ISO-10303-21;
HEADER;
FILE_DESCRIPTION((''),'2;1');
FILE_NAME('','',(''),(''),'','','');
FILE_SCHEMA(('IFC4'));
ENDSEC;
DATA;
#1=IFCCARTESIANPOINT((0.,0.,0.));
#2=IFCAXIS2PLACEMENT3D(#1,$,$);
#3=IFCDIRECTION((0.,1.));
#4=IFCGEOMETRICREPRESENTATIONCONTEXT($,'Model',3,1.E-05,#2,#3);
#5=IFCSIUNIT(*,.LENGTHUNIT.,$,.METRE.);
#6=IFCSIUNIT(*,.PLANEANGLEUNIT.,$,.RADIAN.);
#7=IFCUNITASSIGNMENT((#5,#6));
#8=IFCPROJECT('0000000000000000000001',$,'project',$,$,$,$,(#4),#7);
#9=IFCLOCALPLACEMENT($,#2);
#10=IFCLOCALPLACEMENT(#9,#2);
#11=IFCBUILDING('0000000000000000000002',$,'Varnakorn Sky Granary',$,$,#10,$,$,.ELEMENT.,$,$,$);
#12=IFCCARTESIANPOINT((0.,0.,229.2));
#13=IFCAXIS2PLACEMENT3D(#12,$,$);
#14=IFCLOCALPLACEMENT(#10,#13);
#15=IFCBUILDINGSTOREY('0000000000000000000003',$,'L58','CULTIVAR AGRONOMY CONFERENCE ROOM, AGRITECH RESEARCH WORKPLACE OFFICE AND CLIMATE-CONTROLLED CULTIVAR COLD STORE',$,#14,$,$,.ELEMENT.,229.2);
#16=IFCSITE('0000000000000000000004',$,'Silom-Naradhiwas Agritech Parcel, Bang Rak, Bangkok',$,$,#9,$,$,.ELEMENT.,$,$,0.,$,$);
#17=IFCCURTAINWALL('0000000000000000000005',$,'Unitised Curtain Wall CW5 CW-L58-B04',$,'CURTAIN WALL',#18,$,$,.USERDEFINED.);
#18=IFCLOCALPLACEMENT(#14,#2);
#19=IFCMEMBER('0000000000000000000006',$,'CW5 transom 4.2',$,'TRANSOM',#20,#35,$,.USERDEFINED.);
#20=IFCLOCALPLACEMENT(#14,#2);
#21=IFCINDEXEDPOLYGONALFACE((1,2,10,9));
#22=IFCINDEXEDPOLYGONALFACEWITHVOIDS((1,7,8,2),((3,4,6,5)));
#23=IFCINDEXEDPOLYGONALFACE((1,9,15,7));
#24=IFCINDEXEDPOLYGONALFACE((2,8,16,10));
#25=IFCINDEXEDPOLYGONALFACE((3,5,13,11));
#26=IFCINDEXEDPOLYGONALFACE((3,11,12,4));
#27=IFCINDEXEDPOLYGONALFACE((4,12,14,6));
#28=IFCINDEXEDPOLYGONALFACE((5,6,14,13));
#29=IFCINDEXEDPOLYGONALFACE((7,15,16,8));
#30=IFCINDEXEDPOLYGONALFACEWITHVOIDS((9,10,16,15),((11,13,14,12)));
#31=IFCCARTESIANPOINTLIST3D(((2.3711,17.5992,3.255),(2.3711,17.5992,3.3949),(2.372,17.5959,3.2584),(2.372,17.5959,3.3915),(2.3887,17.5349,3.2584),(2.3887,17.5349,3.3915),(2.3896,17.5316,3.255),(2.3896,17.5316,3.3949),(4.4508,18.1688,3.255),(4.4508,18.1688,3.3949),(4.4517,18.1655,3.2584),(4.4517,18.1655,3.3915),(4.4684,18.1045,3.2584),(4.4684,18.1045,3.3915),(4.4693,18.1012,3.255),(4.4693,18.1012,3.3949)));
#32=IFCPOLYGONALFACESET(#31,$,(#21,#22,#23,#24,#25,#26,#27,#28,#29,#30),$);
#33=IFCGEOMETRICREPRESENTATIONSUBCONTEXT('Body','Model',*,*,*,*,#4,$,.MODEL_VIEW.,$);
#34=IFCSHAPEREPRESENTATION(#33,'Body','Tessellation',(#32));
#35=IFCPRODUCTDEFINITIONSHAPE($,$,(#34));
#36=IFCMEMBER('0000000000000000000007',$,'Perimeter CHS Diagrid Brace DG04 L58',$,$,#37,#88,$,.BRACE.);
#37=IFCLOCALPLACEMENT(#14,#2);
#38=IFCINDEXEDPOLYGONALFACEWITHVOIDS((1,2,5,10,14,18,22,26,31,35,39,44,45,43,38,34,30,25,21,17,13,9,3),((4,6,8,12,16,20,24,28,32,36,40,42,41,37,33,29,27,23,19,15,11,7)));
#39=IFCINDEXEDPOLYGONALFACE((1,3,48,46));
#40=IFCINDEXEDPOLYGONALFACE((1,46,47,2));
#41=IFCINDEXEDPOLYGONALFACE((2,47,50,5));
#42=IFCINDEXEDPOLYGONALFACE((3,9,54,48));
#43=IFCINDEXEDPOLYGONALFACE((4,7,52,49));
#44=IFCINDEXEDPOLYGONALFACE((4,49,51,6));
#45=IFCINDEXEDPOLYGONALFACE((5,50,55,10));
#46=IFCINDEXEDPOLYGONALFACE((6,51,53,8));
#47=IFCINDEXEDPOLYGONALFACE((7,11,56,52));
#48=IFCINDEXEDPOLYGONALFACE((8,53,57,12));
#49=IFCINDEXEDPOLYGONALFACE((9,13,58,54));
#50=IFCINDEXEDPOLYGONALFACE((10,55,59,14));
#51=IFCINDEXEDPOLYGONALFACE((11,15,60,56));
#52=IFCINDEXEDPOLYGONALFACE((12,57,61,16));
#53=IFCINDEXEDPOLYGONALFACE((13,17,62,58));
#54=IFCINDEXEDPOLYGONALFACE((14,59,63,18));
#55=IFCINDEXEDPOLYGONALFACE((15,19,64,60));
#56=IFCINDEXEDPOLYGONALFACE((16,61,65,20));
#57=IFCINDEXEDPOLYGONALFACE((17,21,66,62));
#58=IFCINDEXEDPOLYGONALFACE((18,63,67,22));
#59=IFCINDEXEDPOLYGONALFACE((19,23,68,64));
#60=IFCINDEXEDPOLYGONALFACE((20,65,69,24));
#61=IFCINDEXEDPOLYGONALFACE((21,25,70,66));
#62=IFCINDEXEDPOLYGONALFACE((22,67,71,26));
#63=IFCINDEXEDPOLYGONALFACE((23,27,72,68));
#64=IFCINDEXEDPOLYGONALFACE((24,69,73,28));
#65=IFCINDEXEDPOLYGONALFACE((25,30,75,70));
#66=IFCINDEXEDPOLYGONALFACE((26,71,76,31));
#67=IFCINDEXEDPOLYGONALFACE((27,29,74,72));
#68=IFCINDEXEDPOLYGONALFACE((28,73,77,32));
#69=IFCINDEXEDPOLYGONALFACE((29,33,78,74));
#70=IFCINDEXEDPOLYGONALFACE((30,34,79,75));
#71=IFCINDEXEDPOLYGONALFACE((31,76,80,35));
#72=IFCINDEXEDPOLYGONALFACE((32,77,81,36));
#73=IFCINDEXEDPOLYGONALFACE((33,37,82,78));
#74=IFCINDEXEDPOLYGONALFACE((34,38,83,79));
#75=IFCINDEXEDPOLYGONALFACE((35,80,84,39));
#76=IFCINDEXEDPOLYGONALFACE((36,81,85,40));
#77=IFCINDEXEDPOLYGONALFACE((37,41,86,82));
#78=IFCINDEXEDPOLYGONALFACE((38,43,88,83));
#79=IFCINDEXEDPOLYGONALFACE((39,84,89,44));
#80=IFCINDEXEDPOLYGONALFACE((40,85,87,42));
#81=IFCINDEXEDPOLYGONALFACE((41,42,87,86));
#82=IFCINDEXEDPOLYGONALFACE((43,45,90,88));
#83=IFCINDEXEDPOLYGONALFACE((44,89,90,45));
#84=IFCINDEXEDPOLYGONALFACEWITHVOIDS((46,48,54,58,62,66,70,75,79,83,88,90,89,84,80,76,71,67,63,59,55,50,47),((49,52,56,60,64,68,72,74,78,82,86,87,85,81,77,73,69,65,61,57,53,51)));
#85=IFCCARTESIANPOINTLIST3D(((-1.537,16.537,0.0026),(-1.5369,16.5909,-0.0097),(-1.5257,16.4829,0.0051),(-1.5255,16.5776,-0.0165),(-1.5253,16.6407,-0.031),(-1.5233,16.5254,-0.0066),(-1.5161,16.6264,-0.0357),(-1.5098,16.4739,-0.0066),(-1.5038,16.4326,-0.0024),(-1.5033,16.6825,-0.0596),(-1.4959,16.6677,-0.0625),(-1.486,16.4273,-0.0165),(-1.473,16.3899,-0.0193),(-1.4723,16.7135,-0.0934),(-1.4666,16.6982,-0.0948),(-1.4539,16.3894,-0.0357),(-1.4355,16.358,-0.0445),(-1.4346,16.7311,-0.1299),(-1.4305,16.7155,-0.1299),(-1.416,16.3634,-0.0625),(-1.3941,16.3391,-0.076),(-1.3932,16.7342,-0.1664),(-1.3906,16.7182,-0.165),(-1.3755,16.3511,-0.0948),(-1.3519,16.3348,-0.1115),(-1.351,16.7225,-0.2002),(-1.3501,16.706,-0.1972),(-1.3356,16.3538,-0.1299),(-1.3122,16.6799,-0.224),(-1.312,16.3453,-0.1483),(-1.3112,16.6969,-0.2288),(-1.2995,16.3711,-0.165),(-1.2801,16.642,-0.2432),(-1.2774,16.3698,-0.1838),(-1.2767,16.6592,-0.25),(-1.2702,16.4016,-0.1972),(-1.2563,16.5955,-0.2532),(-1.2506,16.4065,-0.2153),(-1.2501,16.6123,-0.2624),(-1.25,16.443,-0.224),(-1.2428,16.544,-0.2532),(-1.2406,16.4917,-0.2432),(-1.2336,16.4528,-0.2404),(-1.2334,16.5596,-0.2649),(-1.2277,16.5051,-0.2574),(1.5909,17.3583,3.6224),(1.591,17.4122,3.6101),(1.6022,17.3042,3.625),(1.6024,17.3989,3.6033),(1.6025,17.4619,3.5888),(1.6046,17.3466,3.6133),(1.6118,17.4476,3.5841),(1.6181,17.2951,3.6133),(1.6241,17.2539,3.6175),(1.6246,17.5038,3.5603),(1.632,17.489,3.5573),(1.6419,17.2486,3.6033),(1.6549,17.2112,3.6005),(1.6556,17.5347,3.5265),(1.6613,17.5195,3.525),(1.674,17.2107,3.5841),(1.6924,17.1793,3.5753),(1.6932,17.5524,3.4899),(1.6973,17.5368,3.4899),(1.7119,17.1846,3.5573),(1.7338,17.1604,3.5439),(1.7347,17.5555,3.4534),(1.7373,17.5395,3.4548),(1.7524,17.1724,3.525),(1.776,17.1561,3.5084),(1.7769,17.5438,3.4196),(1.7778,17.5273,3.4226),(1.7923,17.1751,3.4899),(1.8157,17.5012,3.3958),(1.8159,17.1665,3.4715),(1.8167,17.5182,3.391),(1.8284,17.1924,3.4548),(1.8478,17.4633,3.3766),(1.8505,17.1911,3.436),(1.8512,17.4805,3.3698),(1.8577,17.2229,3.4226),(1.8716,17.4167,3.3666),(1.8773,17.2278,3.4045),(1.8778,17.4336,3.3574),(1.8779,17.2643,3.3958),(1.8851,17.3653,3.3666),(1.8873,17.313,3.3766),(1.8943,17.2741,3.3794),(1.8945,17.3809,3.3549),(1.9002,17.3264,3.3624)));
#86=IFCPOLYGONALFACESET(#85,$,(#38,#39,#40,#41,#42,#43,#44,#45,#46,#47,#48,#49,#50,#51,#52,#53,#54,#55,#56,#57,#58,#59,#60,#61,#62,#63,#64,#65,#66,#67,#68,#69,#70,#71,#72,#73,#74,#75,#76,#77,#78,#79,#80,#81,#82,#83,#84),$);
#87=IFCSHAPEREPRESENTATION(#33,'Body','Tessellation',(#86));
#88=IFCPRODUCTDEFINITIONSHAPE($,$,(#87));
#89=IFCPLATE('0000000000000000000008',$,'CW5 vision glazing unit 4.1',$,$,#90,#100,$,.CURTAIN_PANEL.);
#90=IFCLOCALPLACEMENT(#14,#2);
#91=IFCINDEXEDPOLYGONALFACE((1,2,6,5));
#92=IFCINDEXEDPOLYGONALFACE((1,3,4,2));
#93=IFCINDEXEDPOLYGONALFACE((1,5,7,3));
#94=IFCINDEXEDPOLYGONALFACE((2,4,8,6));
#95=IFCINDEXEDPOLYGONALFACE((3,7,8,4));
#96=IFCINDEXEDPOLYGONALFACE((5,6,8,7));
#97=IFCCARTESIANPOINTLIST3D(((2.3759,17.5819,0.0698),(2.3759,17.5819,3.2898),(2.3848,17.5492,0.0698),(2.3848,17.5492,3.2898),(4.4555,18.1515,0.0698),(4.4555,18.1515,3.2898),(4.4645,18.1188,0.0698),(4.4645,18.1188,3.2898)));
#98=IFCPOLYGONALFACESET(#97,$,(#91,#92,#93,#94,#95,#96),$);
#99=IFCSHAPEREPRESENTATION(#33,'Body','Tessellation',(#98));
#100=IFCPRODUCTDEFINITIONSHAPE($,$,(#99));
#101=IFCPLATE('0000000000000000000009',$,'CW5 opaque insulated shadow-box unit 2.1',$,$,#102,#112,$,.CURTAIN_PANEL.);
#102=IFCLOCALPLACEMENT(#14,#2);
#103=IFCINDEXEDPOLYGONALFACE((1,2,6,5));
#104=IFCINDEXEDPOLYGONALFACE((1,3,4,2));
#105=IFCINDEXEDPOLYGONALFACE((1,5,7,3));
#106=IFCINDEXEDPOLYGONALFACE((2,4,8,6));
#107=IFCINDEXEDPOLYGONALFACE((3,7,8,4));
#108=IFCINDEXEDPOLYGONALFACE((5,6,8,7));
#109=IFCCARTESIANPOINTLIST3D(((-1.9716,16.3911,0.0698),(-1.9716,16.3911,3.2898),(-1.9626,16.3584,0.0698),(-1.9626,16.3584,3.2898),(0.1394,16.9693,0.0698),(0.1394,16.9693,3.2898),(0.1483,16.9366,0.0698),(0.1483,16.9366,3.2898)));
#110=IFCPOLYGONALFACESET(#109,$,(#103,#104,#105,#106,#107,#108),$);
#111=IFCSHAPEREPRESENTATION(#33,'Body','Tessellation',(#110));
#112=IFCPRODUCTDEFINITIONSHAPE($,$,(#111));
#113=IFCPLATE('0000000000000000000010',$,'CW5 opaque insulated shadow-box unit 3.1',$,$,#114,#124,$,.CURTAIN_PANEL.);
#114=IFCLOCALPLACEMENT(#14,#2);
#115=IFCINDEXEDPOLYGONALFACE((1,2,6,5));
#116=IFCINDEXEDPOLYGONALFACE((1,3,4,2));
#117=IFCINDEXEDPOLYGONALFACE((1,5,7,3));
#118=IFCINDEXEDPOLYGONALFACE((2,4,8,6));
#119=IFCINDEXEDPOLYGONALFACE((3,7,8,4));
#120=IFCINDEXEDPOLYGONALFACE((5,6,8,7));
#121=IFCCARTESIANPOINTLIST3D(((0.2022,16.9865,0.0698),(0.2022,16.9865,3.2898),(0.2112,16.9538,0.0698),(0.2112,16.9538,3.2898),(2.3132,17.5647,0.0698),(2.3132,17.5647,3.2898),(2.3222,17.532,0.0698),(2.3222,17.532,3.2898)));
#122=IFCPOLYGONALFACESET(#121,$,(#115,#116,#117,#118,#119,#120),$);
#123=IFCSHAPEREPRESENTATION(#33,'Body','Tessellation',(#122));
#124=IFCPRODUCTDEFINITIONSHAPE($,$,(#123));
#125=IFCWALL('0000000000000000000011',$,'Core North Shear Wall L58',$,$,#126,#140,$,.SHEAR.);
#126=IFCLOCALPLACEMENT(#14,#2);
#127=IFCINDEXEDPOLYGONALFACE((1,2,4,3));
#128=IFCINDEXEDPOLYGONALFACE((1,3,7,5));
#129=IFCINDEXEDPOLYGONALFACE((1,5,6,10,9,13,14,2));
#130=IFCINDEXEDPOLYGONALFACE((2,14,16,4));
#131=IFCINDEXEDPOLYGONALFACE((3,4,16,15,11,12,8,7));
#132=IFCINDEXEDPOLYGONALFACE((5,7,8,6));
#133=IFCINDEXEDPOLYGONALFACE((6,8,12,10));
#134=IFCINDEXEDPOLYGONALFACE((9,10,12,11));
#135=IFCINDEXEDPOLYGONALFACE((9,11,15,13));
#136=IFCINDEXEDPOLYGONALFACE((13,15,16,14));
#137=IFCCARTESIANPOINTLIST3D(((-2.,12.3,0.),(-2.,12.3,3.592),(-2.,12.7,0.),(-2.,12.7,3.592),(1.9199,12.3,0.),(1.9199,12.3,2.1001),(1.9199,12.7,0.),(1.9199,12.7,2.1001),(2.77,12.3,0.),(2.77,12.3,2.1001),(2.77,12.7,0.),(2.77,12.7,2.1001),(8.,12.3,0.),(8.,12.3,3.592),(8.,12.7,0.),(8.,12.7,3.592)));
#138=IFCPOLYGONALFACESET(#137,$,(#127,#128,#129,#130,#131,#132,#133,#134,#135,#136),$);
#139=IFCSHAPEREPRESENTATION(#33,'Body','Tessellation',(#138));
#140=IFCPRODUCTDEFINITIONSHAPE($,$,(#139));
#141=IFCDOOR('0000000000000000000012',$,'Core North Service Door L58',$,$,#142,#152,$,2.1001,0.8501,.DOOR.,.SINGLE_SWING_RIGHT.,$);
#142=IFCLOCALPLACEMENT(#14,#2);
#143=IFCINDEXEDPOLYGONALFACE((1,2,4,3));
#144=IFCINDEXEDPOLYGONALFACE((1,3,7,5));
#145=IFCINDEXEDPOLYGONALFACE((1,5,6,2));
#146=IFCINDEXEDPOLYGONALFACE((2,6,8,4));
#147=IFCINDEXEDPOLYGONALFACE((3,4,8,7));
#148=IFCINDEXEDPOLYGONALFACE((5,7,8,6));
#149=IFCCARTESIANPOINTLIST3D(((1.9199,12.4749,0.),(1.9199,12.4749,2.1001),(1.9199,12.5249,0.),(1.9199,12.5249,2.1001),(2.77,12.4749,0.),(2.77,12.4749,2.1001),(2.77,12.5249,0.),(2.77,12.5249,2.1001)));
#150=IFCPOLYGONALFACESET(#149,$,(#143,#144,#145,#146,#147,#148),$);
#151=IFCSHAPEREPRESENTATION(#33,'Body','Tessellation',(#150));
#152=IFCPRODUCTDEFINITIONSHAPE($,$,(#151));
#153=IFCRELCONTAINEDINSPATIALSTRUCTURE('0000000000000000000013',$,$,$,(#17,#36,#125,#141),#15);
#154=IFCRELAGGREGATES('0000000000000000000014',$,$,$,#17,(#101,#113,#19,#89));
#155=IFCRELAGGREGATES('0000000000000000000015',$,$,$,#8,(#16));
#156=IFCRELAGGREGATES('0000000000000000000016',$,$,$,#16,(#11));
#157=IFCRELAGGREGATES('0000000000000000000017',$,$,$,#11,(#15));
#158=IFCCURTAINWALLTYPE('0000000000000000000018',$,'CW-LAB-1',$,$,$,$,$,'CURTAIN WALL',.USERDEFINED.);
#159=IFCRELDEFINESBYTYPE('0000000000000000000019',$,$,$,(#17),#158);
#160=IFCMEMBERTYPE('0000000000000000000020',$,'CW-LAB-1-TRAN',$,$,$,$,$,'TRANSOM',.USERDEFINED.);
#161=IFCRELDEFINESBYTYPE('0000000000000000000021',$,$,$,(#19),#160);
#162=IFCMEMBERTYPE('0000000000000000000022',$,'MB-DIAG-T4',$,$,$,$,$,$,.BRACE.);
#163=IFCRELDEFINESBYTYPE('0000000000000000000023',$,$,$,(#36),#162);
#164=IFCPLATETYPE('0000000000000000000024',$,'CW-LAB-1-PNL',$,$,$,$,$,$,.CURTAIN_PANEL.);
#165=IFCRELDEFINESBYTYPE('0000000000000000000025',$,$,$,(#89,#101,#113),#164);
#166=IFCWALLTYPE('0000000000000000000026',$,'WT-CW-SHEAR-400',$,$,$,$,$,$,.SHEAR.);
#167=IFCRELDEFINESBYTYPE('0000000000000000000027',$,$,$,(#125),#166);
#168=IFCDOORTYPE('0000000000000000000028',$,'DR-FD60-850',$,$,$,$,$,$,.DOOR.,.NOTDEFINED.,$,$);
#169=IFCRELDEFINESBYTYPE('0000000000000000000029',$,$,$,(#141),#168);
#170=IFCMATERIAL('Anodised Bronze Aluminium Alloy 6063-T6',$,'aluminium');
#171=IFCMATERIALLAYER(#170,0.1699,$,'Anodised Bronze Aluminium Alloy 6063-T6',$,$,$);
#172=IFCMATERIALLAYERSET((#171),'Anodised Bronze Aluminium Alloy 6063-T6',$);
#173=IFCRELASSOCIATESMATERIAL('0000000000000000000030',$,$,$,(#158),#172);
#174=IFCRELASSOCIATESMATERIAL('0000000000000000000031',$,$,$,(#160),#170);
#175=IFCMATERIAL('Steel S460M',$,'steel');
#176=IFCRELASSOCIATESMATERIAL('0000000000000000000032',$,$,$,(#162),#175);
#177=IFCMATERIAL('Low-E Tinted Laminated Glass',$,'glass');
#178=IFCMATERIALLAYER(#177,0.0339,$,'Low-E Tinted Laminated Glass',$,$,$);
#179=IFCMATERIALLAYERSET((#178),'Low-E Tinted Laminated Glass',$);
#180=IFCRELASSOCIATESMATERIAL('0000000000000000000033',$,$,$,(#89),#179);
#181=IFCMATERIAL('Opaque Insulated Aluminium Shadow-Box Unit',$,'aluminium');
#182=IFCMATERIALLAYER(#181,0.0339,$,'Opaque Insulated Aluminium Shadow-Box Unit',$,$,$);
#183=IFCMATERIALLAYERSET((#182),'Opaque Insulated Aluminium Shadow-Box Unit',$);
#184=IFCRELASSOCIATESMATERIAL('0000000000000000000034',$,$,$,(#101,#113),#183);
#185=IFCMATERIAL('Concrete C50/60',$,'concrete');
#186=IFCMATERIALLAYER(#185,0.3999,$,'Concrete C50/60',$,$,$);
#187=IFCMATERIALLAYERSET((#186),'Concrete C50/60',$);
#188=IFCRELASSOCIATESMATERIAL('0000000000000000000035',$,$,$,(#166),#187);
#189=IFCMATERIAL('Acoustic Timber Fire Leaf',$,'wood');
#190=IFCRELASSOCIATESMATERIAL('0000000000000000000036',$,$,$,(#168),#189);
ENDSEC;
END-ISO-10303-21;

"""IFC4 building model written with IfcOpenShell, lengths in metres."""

from ifc_helpers import new_model, si_unit, direction, frame, frame_2d, origin, origin_2d, place, context, subcontext, project, spatial, rectangle, hollow_rectangle, hollow_circle, extrude, source, transform, mapped, material, layer, layer_set, material_profile, profile_set, type_object, type_shapes, element, fill, aggregate, save


model = new_model("IFC4")

# Units and contexts
model_context = context("Model", 3, precision=1e-05, world=origin(), true_north=direction((0.0, 1.0)))
body_context = subcontext(model_context, "Body", "Model", "MODEL_VIEW")
ifc_project = project(units=[si_unit("LENGTHUNIT", "METRE"), si_unit("PLANEANGLEUNIT", "RADIAN")], contexts=[model_context])

# Site, building, storey
site_placement = place(None, origin())
site = spatial("IfcSite", under=ifc_project, at=site_placement, Name="Silom-Naradhiwas Agritech Parcel, Bang Rak, Bangkok", CompositionType="ELEMENT", RefElevation=0.0)
building_placement = place(site_placement, origin())
building = spatial("IfcBuilding", under=site, at=building_placement, Name="Varnakorn Sky Granary", CompositionType="ELEMENT")
storey_placement = place(building_placement, frame((0.0, 0.0, 229.2)))
storey = spatial("IfcBuildingStorey", under=building, at=storey_placement, Name="L58", Description="CULTIVAR AGRONOMY CONFERENCE ROOM, AGRITECH RESEARCH WORKPLACE OFFICE AND CLIMATE-CONTROLLED CULTIVAR COLD STORE", CompositionType="ELEMENT", Elevation=229.2)

# Curtain wall, member
ifc_material_1 = material(Name="Anodised Bronze Aluminium Alloy 6063-T6", Category="aluminium")
ifc_layer_1 = layer(ifc_material_1, 0.1699, Name="Anodised Bronze Aluminium Alloy 6063-T6")
ifc_layer_set_1 = layer_set([ifc_layer_1], Name="Anodised Bronze Aluminium Alloy 6063-T6")
curtain_wall_type = type_object("IfcCurtainWallType", Name="CW-LAB-1", ElementType="CURTAIN WALL", PredefinedType="USERDEFINED", material=ifc_layer_set_1)
curtain_wall_placement = place(storey_placement, origin())
curtain_wall = element("IfcCurtainWall", 1, at=curtain_wall_placement, inside=storey, type_object=curtain_wall_type, Name="Unitised Curtain Wall CW5 CW-L58-B04", ObjectType="CURTAIN WALL", PredefinedType="USERDEFINED")
ifc_material_profile_1 = material_profile(ifc_material_1, hollow_rectangle(XDim=0.0701, YDim=0.1399, WallThickness=0.0034, at=origin_2d()), Name="ALU TRAN 70x140")
ifc_profile_set_1 = profile_set([ifc_material_profile_1], Name="Anodised Bronze Aluminium Alloy 6063-T6")
member_type_1 = type_object("IfcMemberType", Name="CW-LAB-1-TRAN", ElementType="TRANSOM", PredefinedType="USERDEFINED", material=ifc_profile_set_1)
member_1_placement = place(storey_placement, frame((2.3804, 17.5654, 3.325), z_axis=(0.964478, 0.264162, 0.0), x_axis=(-0.264162, 0.964478, 0.0)))
member_1 = element("IfcMember", 2, at=member_1_placement, type_object=member_type_1, Name="CW5 transom 4.2", ObjectType="TRANSOM", PredefinedType="USERDEFINED", context=body_context, shape_type="SweptSolid", body=[
    extrude(hollow_rectangle(XDim=0.0701, YDim=0.1399, WallThickness=0.0034, at=origin_2d()), origin(), (0.0, 0.0, 1.0), 2.1562),
])

# Member
ifc_material_2 = material(Name="Steel S460M", Category="steel")
ifc_material_profile_2 = material_profile(ifc_material_2, hollow_circle(Radius=0.2031, WallThickness=0.0161, at=origin_2d()), Name="CHS 406.4x16")
ifc_profile_set_2 = profile_set([ifc_material_profile_2], Name="Steel S460M")
member_type_2 = type_object("IfcMemberType", Name="MB-DIAG-T4", PredefinedType="BRACE", material=ifc_profile_set_2)
member_2_placement = place(storey_placement, frame((-1.3831, 16.5347, -0.1299), z_axis=(0.644394, 0.169196, 0.745741), x_axis=(-0.253958, 0.967215, 0.0)))
element("IfcMember", 3, at=member_2_placement, inside=storey, type_object=member_type_2, Name="Perimeter CHS Diagrid Brace DG04 L58", PredefinedType="BRACE", context=body_context, shape_type="SweptSolid", body=[
    extrude(hollow_circle(Radius=0.2031, WallThickness=0.0161, at=origin_2d()), origin(), (0.0, 0.0, 1.0), 4.854),
])

# Plates
ifc_material_3 = material(Name="Low-E Tinted Laminated Glass", Category="glass")
ifc_layer_2 = layer(ifc_material_3, 0.0339, Name="Low-E Tinted Laminated Glass")
ifc_layer_set_2 = layer_set([ifc_layer_2], Name="Low-E Tinted Laminated Glass")
plate_type = type_object("IfcPlateType", Name="CW-LAB-1-PNL", PredefinedType="CURTAIN_PANEL")
shared_shape_1 = source(origin(), body_context, "Body", "SweptSolid", [
    extrude(rectangle(XDim=2.1562, YDim=0.0339, at=origin_2d()), origin(), (0.0, 0.0, 1.0), 3.22),
])
plate_1_placement = place(storey_placement, frame((3.4202, 17.8503, 0.0698), z_axis=(0.0, 0.0, 1.0), x_axis=(0.964476, 0.264172, 0.0)))
plate_1 = element("IfcPlate", 4, at=plate_1_placement, type_object=plate_type, material=ifc_layer_set_2, Name="CW5 vision glazing unit 4.1", PredefinedType="CURTAIN_PANEL", context=body_context, shape_type="MappedRepresentation", body=[
    mapped(shared_shape_1, transform((0.0, 0.0, 0.0), x_axis=(1.0, 0.0, 0.0), y_axis=(0.0, 1.0, 0.0), z_axis=(0.0, 0.0, 1.0), scale=1.0)),
])
ifc_material_4 = material(Name="Opaque Insulated Aluminium Shadow-Box Unit", Category="aluminium")
ifc_layer_3 = layer(ifc_material_4, 0.0339, Name="Opaque Insulated Aluminium Shadow-Box Unit")
ifc_layer_set_3 = layer_set([ifc_layer_3], Name="Opaque Insulated Aluminium Shadow-Box Unit")
shared_shape_2 = source(origin(), body_context, "Body", "SweptSolid", [
    extrude(rectangle(XDim=2.1887, YDim=0.0339, at=origin_2d()), origin(), (0.0, 0.0, 1.0), 3.22),
])
type_shapes(plate_type, [shared_shape_1, shared_shape_2])
plate_2_placement = place(storey_placement, frame((-0.9116, 16.6638, 0.0698), z_axis=(0.0, 0.0, 1.0), x_axis=(0.964476, 0.264172, 0.0)))
plate_2 = element("IfcPlate", 5, at=plate_2_placement, type_object=plate_type, material=ifc_layer_set_3, Name="CW5 opaque insulated shadow-box unit 2.1", PredefinedType="CURTAIN_PANEL", context=body_context, shape_type="MappedRepresentation", body=[
    mapped(shared_shape_2, transform((0.0, 0.0, 0.0), x_axis=(1.0, 0.0, 0.0), y_axis=(0.0, 1.0, 0.0), z_axis=(0.0, 0.0, 1.0), scale=1.0)),
])
plate_3_placement = place(storey_placement, frame((1.2622, 17.2593, 0.0698), z_axis=(0.0, 0.0, 1.0), x_axis=(0.964476, 0.264172, 0.0)))
plate_3 = element("IfcPlate", 6, at=plate_3_placement, type_object=plate_type, material=ifc_layer_set_3, Name="CW5 opaque insulated shadow-box unit 3.1", PredefinedType="CURTAIN_PANEL", context=body_context, shape_type="MappedRepresentation", body=[
    mapped(shared_shape_2, transform((0.0, 0.0, 0.0), x_axis=(1.0, 0.0, 0.0), y_axis=(0.0, 1.0, 0.0), z_axis=(0.0, 0.0, 1.0), scale=1.0)),
])
aggregate(curtain_wall, [plate_2, plate_3, member_1, plate_1])

# Wall, opening, door
ifc_material_5 = material(Name="Concrete C50/60", Category="concrete")
ifc_layer_4 = layer(ifc_material_5, 0.3999, Name="Concrete C50/60")
ifc_layer_set_4 = layer_set([ifc_layer_4], Name="Concrete C50/60")
wall_type_1 = type_object("IfcWallType", Name="WT-CW-SHEAR-400", PredefinedType="SHEAR", material=ifc_layer_set_4)
wall_1_placement = place(storey_placement, frame((-2.0, 12.5, 0.0), z_axis=(0.0, 0.0, 1.0), x_axis=(1.0, 0.0, 0.0)))
wall_1 = element("IfcWall", 7, at=wall_1_placement, inside=storey, type_object=wall_type_1, Name="Core North Shear Wall L58", PredefinedType="SHEAR", context=body_context, shape_type="SweptSolid", body=[
    extrude(rectangle(XDim=10.0, YDim=0.3999, at=frame_2d((5.0, 0.0))), origin(), (0.0, 0.0, 1.0), 3.592),
])
opening_1_placement = place(wall_1_placement, frame((3.9199, 0.0, 0.0)))
opening_1 = element("IfcOpeningElement", 8, at=opening_1_placement, cuts=wall_1, PredefinedType="OPENING", context=body_context, shape_type="SweptSolid", body=[
    extrude(rectangle(XDim=0.8501, YDim=2.1001, at=frame_2d((0.425, 1.05))), frame((0.0, 0.21, 0.0), z_axis=(0.0, -1.0, 0.0), x_axis=(1.0, 0.0, 0.0)), (0.0, 0.0, 1.0), 0.4199),
])
ifc_material_6 = material(Name="Acoustic Timber Fire Leaf", Category="wood")
door_type = type_object("IfcDoorType", Name="DR-FD60-850", OperationType="NOTDEFINED", PredefinedType="DOOR", material=ifc_material_6)
door_1_placement = place(opening_1_placement, origin())
door_1 = element("IfcDoor", 9, at=door_1_placement, inside=storey, type_object=door_type, Name="Core North Service Door L58", OperationType="SINGLE_SWING_RIGHT", OverallHeight=2.1001, OverallWidth=0.8501, PredefinedType="DOOR", context=body_context, shape_type="SweptSolid", body=[
    extrude(rectangle(XDim=0.8501, YDim=2.1001, at=frame_2d((0.425, 1.05))), frame((0.0, 0.0249, 0.0), z_axis=(0.0, -1.0, 0.0), x_axis=(1.0, 0.0, 0.0)), (0.0, 0.0, 1.0), 0.05),
])
fill(opening_1, door_1)

save(model, "model.ifc")
